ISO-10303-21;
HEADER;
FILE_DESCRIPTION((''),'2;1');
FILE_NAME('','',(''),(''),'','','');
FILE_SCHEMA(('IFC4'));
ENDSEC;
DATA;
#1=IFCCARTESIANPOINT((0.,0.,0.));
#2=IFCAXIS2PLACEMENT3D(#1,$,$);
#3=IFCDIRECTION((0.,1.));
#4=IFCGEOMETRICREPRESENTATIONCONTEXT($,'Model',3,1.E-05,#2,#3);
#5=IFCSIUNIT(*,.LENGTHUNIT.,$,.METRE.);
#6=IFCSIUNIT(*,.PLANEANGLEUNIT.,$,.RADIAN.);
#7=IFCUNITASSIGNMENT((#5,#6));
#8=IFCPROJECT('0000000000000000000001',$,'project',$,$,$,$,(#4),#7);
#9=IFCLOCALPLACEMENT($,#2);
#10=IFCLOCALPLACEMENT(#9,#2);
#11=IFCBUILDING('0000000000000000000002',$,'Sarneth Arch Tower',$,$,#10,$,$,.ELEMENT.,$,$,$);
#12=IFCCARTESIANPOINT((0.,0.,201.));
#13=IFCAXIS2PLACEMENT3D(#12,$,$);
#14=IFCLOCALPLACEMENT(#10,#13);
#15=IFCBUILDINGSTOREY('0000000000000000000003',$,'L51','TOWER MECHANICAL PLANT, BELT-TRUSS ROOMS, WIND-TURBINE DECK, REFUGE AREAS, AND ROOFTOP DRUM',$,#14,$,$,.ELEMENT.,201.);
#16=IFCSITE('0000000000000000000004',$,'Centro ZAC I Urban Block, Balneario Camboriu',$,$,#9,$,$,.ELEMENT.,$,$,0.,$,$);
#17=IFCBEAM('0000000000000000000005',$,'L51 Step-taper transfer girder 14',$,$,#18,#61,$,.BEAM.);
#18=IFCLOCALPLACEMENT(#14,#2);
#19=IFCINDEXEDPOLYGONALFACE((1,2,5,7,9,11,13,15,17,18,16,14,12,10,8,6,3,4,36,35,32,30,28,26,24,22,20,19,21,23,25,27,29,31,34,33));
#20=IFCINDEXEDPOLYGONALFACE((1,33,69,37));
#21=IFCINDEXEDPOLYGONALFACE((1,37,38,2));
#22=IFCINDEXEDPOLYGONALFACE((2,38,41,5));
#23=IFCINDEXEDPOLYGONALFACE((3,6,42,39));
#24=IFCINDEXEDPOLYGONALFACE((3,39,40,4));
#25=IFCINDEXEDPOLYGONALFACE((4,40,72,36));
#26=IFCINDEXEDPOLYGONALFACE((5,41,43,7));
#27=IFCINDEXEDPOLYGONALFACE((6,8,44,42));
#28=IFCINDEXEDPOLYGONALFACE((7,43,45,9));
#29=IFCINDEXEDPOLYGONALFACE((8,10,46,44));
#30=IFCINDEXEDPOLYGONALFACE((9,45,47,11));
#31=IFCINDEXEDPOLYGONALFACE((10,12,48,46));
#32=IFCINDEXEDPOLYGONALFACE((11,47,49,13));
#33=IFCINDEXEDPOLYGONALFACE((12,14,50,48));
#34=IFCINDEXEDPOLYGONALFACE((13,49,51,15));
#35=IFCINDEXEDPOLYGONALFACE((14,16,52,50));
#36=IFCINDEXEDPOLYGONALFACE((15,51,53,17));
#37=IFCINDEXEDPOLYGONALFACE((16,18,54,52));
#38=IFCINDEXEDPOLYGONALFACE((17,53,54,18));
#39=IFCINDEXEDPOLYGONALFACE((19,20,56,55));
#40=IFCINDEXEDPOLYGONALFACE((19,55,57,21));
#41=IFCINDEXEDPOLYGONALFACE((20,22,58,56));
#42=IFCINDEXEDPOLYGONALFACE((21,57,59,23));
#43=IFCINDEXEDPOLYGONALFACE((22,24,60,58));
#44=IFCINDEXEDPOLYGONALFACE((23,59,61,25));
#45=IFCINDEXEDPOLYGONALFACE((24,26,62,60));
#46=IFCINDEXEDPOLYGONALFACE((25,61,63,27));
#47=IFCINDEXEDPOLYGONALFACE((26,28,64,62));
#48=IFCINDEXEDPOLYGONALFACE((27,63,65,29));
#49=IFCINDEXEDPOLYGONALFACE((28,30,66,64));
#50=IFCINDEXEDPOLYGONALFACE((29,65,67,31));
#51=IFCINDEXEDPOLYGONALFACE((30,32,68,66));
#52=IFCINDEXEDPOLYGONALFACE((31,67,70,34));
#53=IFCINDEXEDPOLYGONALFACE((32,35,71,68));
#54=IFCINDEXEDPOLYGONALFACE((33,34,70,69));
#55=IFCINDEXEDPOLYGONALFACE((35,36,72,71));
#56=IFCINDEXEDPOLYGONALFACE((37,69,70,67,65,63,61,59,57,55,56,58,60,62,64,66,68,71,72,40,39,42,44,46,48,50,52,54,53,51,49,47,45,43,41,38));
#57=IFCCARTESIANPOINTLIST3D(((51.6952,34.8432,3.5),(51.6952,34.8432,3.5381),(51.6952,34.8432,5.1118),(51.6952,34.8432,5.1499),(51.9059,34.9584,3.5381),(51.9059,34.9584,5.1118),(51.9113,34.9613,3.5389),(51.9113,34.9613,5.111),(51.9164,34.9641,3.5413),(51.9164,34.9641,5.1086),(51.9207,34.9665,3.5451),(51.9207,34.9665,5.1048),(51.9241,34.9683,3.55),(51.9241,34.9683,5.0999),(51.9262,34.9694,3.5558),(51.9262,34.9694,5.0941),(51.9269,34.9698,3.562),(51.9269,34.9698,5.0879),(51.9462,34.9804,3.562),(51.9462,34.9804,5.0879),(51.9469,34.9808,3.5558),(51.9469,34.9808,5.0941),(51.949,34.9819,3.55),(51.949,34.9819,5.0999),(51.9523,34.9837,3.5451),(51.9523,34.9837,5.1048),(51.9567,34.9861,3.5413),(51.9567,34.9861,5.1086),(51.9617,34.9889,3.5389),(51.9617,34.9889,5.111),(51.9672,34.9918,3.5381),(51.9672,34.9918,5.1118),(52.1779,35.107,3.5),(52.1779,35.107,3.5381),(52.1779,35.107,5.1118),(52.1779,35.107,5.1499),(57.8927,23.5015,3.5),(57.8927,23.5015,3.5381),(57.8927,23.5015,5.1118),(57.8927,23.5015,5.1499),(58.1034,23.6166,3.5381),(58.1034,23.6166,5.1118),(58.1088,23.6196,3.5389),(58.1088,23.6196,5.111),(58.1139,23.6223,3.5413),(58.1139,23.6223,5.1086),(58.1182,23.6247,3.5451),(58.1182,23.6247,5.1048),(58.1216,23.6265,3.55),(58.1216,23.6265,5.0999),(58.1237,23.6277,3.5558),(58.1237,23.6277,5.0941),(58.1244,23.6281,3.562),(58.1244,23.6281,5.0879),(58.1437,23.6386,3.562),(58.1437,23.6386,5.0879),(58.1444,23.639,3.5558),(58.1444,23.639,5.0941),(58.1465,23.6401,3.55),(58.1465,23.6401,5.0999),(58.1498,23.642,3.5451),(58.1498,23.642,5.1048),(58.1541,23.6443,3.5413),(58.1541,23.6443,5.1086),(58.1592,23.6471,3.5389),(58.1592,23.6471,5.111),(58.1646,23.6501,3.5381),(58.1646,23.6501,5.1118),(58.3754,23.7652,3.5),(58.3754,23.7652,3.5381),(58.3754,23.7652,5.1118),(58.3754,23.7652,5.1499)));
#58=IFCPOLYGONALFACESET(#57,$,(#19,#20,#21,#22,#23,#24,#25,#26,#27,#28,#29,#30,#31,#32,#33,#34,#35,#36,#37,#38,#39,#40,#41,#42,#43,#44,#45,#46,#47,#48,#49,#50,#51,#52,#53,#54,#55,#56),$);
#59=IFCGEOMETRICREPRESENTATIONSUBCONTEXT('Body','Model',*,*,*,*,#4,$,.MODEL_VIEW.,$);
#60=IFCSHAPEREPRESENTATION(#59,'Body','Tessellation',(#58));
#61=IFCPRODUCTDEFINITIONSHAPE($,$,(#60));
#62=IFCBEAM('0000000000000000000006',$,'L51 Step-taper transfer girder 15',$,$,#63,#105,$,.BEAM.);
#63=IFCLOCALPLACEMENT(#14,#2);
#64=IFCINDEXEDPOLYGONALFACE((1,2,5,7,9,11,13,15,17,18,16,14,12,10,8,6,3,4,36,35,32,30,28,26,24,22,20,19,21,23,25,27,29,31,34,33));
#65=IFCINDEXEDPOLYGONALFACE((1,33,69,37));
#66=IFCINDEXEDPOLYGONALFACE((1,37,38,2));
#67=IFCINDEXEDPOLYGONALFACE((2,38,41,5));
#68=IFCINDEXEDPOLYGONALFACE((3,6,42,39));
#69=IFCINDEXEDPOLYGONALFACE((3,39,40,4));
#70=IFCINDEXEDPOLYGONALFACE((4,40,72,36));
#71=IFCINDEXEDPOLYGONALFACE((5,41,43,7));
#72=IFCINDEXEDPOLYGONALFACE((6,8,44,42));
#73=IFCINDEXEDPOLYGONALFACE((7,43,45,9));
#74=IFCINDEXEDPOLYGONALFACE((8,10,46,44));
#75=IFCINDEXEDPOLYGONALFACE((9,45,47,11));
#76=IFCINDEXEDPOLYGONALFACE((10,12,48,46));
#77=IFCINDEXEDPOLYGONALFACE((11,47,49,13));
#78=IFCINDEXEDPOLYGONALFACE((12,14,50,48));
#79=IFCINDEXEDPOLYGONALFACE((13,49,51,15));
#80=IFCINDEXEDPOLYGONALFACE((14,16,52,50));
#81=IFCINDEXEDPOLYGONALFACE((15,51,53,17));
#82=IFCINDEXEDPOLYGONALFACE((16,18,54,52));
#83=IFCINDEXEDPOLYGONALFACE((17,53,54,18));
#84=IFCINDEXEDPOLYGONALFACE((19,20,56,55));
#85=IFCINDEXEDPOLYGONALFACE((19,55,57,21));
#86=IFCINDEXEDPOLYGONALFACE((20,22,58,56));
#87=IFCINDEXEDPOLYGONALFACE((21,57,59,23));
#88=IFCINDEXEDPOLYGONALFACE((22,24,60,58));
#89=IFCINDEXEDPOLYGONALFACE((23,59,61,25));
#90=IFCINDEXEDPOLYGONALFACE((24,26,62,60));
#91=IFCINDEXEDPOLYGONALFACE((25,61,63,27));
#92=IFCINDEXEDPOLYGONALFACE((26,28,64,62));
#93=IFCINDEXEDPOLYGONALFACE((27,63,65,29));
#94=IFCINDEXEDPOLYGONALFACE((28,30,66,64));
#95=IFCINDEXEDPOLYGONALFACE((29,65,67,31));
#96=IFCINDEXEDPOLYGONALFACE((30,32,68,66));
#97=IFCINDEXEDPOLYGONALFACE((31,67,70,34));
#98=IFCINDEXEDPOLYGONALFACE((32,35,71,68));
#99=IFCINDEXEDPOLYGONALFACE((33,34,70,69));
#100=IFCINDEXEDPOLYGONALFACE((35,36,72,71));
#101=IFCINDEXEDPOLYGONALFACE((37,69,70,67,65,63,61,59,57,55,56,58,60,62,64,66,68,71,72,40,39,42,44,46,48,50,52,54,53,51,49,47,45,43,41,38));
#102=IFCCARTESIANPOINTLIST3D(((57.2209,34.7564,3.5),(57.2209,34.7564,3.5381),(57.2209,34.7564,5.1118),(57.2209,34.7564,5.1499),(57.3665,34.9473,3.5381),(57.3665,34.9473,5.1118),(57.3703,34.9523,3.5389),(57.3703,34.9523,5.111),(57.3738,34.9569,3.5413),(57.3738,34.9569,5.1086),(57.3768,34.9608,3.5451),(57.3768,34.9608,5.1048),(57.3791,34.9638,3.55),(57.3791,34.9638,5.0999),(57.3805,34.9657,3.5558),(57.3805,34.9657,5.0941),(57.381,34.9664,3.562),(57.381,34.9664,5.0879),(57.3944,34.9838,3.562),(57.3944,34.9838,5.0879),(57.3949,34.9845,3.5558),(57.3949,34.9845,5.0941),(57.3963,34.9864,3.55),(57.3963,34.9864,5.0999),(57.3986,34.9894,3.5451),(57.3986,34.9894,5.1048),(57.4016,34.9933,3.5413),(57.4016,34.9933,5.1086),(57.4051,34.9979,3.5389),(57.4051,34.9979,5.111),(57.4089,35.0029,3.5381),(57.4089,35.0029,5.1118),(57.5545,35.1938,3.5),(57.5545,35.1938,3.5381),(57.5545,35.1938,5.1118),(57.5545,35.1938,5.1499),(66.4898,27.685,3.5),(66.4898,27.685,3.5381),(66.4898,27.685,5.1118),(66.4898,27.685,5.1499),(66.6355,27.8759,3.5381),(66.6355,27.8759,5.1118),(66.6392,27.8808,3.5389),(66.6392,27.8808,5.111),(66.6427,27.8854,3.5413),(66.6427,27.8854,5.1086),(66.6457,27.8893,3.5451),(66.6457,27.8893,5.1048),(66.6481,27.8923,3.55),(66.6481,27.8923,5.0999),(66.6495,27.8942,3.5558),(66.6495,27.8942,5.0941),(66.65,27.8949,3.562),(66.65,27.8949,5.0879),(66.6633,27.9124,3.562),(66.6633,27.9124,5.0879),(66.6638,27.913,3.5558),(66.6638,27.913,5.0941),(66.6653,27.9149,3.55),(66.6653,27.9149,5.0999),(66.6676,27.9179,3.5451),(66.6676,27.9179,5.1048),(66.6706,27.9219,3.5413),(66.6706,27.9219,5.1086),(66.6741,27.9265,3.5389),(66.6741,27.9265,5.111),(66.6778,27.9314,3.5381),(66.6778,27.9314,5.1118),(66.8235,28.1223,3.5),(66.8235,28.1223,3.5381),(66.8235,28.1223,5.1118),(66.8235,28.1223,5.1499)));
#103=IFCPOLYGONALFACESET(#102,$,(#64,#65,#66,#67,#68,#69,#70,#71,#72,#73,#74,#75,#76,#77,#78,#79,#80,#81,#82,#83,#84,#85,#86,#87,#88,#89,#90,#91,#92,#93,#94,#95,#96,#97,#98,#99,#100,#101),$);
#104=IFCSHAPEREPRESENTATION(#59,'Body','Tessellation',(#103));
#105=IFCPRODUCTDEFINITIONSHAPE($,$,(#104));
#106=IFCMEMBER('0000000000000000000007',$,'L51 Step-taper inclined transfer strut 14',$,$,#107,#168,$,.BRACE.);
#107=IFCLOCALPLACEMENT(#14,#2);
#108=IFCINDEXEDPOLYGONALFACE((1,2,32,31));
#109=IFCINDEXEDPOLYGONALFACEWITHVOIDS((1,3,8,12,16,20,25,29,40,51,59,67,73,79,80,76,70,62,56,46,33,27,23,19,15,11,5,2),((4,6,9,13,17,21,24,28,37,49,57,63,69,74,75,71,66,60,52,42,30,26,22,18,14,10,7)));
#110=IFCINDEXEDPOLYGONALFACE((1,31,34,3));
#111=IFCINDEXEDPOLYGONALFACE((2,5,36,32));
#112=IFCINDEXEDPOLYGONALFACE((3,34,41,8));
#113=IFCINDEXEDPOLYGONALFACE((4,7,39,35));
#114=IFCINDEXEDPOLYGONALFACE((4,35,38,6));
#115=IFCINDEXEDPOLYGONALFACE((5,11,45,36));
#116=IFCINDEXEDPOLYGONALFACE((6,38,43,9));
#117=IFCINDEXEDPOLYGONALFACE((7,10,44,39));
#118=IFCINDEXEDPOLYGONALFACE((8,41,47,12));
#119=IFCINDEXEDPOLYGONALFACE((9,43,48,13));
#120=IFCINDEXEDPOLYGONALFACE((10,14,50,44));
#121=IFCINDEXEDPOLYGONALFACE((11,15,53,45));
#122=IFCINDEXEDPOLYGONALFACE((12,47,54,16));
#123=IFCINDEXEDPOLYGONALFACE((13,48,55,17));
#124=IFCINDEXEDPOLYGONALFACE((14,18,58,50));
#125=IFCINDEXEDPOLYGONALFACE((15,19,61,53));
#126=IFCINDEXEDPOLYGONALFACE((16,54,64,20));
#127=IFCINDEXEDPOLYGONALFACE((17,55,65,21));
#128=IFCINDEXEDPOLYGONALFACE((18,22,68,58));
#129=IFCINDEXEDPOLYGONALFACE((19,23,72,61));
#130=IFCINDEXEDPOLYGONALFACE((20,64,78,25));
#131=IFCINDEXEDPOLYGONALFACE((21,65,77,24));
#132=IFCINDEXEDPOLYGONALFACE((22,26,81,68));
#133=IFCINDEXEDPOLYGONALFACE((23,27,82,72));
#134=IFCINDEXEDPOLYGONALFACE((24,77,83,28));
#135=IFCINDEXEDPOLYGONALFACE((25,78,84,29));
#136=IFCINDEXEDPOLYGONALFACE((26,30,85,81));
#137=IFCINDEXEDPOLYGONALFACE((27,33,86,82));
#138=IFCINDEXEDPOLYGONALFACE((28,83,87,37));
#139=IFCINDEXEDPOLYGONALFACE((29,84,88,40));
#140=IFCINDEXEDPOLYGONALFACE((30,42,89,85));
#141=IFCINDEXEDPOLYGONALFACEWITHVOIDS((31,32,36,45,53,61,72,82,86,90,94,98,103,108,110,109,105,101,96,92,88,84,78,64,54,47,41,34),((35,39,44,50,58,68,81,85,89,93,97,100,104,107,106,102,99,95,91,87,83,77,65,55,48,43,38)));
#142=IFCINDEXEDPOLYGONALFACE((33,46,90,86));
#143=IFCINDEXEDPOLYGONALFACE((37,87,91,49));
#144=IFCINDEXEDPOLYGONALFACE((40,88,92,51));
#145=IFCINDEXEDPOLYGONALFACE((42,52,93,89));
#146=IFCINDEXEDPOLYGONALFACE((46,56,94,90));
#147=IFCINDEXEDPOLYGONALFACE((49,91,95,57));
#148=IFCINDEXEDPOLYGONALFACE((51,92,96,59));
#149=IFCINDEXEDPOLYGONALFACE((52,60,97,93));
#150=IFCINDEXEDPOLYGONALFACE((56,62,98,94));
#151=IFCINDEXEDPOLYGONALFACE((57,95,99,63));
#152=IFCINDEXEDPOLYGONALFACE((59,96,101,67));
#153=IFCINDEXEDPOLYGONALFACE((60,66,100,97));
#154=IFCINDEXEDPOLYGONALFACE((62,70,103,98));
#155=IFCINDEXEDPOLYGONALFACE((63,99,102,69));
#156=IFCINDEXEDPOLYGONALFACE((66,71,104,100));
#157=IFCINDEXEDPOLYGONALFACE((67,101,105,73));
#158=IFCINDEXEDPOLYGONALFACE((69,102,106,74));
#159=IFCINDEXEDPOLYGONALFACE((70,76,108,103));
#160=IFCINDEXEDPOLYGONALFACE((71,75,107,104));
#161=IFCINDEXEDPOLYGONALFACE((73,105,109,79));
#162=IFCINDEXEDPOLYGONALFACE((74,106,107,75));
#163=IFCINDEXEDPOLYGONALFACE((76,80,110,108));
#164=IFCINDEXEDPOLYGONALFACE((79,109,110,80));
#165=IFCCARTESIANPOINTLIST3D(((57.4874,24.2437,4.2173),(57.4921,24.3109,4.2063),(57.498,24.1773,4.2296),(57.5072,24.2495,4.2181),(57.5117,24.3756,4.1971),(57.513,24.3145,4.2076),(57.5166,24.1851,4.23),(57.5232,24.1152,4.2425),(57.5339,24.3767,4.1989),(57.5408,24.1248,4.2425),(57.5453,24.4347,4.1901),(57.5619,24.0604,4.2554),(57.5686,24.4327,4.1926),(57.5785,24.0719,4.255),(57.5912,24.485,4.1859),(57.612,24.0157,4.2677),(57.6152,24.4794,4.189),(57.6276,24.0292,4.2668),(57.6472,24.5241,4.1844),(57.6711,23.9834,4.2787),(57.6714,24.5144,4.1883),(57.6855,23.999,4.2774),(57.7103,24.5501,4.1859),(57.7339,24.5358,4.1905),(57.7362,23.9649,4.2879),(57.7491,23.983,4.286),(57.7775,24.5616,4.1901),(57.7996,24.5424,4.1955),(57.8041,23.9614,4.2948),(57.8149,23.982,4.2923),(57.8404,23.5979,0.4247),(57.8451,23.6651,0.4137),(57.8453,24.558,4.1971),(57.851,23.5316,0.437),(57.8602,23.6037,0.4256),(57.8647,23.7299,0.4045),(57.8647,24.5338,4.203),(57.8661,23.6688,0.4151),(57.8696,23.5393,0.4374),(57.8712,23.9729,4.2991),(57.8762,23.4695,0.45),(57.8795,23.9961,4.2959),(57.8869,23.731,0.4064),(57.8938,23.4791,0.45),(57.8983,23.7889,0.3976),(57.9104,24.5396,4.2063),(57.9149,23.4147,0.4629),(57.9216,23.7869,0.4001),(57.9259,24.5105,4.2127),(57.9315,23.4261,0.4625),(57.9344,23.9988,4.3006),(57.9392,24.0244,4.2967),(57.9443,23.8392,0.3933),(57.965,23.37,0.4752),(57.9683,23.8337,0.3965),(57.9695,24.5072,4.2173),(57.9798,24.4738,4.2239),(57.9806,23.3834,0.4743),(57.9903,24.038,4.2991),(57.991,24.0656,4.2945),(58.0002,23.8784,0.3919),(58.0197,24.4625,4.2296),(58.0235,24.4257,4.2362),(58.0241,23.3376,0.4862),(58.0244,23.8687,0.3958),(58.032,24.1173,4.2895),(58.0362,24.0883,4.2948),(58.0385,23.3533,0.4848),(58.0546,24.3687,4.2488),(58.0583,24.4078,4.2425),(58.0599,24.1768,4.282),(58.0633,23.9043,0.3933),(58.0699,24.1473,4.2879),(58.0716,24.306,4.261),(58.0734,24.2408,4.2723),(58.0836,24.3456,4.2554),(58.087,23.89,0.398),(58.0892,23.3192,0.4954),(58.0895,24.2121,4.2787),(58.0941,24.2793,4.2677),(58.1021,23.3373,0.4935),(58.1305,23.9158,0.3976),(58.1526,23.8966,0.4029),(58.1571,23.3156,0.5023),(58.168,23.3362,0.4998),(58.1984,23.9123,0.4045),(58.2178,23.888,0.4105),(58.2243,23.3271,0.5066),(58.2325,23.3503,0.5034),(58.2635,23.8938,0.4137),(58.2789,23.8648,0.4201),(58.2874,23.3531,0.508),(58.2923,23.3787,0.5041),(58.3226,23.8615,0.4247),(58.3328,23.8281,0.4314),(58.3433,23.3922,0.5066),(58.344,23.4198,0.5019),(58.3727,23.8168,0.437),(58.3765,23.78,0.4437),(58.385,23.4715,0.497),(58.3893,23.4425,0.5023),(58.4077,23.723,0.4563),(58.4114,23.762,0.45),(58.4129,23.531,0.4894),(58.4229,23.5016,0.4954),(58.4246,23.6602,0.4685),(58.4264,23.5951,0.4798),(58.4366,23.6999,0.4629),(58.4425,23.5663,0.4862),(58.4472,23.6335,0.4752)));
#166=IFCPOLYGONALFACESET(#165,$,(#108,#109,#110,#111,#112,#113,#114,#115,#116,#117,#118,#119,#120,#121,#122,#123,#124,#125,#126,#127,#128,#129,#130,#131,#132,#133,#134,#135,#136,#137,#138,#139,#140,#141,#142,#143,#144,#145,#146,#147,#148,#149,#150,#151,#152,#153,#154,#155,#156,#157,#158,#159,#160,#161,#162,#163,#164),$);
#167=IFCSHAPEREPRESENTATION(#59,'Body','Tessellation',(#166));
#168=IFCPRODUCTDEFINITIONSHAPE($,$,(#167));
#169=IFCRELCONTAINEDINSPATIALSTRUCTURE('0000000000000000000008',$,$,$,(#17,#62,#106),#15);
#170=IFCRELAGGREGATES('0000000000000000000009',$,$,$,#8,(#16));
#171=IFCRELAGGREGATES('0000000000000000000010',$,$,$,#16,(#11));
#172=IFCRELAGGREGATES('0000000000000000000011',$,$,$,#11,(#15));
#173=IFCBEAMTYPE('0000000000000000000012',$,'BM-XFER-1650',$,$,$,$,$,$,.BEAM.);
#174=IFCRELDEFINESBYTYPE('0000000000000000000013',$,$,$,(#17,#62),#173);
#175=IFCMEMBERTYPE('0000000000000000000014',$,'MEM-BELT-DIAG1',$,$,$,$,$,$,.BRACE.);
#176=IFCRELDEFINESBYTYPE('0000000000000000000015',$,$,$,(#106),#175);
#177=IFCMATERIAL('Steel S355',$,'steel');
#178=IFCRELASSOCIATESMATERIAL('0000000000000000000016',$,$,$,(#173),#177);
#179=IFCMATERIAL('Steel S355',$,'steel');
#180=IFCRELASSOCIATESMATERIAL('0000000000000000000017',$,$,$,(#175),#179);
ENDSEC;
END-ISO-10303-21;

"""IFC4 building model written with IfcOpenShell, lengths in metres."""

from ifc_helpers import new_model, si_unit, direction, frame, origin, origin_2d, place, context, subcontext, project, spatial, hollow_circle, i_section, extrude, material, material_profile, profile_set, type_object, element, save


model = new_model("IFC4")

# Units and contexts
model_context = context("Model", 3, precision=1e-05, world=origin(), true_north=direction((0.0, 1.0)))
body_context = subcontext(model_context, "Body", "Model", "MODEL_VIEW")
ifc_project = project(units=[si_unit("LENGTHUNIT", "METRE"), si_unit("PLANEANGLEUNIT", "RADIAN")], contexts=[model_context])

# Site, building, storey
site_placement = place(None, origin())
site = spatial("IfcSite", under=ifc_project, at=site_placement, Name="Centro ZAC I Urban Block, Balneario Camboriu", CompositionType="ELEMENT", RefElevation=0.0)
building_placement = place(site_placement, origin())
building = spatial("IfcBuilding", under=site, at=building_placement, Name="Sarneth Arch Tower", CompositionType="ELEMENT")
storey_placement = place(building_placement, frame((0.0, 0.0, 201.0)))
storey = spatial("IfcBuildingStorey", under=building, at=storey_placement, Name="L51", Description="TOWER MECHANICAL PLANT, BELT-TRUSS ROOMS, WIND-TURBINE DECK, REFUGE AREAS, AND ROOFTOP DRUM", CompositionType="ELEMENT", Elevation=201.0)

# Beams
ifc_material_1 = material(Name="Steel S355", Category="steel")
ifc_material_profile_1 = material_profile(ifc_material_1, i_section(OverallWidth=0.55, OverallDepth=1.6499, WebThickness=0.022, FlangeThickness=0.0381, FilletRadius=0.0239, at=origin_2d()), Name="CVS1650x680")
ifc_profile_set_1 = profile_set([ifc_material_profile_1], Name="Steel S355")
beam_type_1 = type_object("IfcBeamType", Name="BM-XFER-1650", PredefinedType="BEAM", material=ifc_profile_set_1)
beam_1_placement = place(storey_placement, frame((51.9365, 34.9751, 4.325), z_axis=(0.479512, -0.877535, 0.0), x_axis=(0.877535, 0.479512, 0.0)))
element("IfcBeam", 1, at=beam_1_placement, inside=storey, type_object=beam_type_1, Name="L51 Step-taper transfer girder 14", PredefinedType="BEAM", context=body_context, shape_type="SweptSolid", body=[
    extrude(i_section(OverallWidth=0.55, OverallDepth=1.6499, WebThickness=0.022, FlangeThickness=0.0381, FilletRadius=0.0239, at=origin_2d()), origin(), (0.0, 0.0, 1.0), 12.9246),
])
beam_2_placement = place(storey_placement, frame((57.3877, 34.9751, 4.325), z_axis=(0.795043, -0.606554, 0.0), x_axis=(0.606554, 0.795043, 0.0)))
element("IfcBeam", 2, at=beam_2_placement, inside=storey, type_object=beam_type_1, Name="L51 Step-taper transfer girder 15", PredefinedType="BEAM", context=body_context, shape_type="SweptSolid", body=[
    extrude(i_section(OverallWidth=0.55, OverallDepth=1.6499, WebThickness=0.022, FlangeThickness=0.0381, FilletRadius=0.0239, at=origin_2d()), origin(), (0.0, 0.0, 1.0), 11.6584),
])

# Member
ifc_material_2 = material(Name="Steel S355", Category="steel")
ifc_material_profile_2 = material_profile(ifc_material_2, hollow_circle(Radius=0.3049, WallThickness=0.02, at=origin_2d()), Name="CHS610x20")
ifc_profile_set_2 = profile_set([ifc_material_profile_2], Name="Steel S355")
member_type_1 = type_object("IfcMemberType", Name="MEM-BELT-DIAG1", PredefinedType="BRACE", material=ifc_profile_set_2)
member_1_placement = place(storey_placement, frame((58.1438, 23.6157, 0.45), z_axis=(-0.091381, 0.167153, 0.981687), x_axis=(-0.877439, -0.479689, 0.0)))
element("IfcMember", 3, at=member_1_placement, inside=storey, type_object=member_type_1, Name="L51 Step-taper inclined transfer strut 14", PredefinedType="BRACE", context=body_context, shape_type="SweptSolid", body=[
    extrude(hollow_circle(Radius=0.3049, WallThickness=0.02, at=origin_2d()), origin(), (0.0, 0.0, 1.0), 3.8633),
])

save(model, "model.ifc")
